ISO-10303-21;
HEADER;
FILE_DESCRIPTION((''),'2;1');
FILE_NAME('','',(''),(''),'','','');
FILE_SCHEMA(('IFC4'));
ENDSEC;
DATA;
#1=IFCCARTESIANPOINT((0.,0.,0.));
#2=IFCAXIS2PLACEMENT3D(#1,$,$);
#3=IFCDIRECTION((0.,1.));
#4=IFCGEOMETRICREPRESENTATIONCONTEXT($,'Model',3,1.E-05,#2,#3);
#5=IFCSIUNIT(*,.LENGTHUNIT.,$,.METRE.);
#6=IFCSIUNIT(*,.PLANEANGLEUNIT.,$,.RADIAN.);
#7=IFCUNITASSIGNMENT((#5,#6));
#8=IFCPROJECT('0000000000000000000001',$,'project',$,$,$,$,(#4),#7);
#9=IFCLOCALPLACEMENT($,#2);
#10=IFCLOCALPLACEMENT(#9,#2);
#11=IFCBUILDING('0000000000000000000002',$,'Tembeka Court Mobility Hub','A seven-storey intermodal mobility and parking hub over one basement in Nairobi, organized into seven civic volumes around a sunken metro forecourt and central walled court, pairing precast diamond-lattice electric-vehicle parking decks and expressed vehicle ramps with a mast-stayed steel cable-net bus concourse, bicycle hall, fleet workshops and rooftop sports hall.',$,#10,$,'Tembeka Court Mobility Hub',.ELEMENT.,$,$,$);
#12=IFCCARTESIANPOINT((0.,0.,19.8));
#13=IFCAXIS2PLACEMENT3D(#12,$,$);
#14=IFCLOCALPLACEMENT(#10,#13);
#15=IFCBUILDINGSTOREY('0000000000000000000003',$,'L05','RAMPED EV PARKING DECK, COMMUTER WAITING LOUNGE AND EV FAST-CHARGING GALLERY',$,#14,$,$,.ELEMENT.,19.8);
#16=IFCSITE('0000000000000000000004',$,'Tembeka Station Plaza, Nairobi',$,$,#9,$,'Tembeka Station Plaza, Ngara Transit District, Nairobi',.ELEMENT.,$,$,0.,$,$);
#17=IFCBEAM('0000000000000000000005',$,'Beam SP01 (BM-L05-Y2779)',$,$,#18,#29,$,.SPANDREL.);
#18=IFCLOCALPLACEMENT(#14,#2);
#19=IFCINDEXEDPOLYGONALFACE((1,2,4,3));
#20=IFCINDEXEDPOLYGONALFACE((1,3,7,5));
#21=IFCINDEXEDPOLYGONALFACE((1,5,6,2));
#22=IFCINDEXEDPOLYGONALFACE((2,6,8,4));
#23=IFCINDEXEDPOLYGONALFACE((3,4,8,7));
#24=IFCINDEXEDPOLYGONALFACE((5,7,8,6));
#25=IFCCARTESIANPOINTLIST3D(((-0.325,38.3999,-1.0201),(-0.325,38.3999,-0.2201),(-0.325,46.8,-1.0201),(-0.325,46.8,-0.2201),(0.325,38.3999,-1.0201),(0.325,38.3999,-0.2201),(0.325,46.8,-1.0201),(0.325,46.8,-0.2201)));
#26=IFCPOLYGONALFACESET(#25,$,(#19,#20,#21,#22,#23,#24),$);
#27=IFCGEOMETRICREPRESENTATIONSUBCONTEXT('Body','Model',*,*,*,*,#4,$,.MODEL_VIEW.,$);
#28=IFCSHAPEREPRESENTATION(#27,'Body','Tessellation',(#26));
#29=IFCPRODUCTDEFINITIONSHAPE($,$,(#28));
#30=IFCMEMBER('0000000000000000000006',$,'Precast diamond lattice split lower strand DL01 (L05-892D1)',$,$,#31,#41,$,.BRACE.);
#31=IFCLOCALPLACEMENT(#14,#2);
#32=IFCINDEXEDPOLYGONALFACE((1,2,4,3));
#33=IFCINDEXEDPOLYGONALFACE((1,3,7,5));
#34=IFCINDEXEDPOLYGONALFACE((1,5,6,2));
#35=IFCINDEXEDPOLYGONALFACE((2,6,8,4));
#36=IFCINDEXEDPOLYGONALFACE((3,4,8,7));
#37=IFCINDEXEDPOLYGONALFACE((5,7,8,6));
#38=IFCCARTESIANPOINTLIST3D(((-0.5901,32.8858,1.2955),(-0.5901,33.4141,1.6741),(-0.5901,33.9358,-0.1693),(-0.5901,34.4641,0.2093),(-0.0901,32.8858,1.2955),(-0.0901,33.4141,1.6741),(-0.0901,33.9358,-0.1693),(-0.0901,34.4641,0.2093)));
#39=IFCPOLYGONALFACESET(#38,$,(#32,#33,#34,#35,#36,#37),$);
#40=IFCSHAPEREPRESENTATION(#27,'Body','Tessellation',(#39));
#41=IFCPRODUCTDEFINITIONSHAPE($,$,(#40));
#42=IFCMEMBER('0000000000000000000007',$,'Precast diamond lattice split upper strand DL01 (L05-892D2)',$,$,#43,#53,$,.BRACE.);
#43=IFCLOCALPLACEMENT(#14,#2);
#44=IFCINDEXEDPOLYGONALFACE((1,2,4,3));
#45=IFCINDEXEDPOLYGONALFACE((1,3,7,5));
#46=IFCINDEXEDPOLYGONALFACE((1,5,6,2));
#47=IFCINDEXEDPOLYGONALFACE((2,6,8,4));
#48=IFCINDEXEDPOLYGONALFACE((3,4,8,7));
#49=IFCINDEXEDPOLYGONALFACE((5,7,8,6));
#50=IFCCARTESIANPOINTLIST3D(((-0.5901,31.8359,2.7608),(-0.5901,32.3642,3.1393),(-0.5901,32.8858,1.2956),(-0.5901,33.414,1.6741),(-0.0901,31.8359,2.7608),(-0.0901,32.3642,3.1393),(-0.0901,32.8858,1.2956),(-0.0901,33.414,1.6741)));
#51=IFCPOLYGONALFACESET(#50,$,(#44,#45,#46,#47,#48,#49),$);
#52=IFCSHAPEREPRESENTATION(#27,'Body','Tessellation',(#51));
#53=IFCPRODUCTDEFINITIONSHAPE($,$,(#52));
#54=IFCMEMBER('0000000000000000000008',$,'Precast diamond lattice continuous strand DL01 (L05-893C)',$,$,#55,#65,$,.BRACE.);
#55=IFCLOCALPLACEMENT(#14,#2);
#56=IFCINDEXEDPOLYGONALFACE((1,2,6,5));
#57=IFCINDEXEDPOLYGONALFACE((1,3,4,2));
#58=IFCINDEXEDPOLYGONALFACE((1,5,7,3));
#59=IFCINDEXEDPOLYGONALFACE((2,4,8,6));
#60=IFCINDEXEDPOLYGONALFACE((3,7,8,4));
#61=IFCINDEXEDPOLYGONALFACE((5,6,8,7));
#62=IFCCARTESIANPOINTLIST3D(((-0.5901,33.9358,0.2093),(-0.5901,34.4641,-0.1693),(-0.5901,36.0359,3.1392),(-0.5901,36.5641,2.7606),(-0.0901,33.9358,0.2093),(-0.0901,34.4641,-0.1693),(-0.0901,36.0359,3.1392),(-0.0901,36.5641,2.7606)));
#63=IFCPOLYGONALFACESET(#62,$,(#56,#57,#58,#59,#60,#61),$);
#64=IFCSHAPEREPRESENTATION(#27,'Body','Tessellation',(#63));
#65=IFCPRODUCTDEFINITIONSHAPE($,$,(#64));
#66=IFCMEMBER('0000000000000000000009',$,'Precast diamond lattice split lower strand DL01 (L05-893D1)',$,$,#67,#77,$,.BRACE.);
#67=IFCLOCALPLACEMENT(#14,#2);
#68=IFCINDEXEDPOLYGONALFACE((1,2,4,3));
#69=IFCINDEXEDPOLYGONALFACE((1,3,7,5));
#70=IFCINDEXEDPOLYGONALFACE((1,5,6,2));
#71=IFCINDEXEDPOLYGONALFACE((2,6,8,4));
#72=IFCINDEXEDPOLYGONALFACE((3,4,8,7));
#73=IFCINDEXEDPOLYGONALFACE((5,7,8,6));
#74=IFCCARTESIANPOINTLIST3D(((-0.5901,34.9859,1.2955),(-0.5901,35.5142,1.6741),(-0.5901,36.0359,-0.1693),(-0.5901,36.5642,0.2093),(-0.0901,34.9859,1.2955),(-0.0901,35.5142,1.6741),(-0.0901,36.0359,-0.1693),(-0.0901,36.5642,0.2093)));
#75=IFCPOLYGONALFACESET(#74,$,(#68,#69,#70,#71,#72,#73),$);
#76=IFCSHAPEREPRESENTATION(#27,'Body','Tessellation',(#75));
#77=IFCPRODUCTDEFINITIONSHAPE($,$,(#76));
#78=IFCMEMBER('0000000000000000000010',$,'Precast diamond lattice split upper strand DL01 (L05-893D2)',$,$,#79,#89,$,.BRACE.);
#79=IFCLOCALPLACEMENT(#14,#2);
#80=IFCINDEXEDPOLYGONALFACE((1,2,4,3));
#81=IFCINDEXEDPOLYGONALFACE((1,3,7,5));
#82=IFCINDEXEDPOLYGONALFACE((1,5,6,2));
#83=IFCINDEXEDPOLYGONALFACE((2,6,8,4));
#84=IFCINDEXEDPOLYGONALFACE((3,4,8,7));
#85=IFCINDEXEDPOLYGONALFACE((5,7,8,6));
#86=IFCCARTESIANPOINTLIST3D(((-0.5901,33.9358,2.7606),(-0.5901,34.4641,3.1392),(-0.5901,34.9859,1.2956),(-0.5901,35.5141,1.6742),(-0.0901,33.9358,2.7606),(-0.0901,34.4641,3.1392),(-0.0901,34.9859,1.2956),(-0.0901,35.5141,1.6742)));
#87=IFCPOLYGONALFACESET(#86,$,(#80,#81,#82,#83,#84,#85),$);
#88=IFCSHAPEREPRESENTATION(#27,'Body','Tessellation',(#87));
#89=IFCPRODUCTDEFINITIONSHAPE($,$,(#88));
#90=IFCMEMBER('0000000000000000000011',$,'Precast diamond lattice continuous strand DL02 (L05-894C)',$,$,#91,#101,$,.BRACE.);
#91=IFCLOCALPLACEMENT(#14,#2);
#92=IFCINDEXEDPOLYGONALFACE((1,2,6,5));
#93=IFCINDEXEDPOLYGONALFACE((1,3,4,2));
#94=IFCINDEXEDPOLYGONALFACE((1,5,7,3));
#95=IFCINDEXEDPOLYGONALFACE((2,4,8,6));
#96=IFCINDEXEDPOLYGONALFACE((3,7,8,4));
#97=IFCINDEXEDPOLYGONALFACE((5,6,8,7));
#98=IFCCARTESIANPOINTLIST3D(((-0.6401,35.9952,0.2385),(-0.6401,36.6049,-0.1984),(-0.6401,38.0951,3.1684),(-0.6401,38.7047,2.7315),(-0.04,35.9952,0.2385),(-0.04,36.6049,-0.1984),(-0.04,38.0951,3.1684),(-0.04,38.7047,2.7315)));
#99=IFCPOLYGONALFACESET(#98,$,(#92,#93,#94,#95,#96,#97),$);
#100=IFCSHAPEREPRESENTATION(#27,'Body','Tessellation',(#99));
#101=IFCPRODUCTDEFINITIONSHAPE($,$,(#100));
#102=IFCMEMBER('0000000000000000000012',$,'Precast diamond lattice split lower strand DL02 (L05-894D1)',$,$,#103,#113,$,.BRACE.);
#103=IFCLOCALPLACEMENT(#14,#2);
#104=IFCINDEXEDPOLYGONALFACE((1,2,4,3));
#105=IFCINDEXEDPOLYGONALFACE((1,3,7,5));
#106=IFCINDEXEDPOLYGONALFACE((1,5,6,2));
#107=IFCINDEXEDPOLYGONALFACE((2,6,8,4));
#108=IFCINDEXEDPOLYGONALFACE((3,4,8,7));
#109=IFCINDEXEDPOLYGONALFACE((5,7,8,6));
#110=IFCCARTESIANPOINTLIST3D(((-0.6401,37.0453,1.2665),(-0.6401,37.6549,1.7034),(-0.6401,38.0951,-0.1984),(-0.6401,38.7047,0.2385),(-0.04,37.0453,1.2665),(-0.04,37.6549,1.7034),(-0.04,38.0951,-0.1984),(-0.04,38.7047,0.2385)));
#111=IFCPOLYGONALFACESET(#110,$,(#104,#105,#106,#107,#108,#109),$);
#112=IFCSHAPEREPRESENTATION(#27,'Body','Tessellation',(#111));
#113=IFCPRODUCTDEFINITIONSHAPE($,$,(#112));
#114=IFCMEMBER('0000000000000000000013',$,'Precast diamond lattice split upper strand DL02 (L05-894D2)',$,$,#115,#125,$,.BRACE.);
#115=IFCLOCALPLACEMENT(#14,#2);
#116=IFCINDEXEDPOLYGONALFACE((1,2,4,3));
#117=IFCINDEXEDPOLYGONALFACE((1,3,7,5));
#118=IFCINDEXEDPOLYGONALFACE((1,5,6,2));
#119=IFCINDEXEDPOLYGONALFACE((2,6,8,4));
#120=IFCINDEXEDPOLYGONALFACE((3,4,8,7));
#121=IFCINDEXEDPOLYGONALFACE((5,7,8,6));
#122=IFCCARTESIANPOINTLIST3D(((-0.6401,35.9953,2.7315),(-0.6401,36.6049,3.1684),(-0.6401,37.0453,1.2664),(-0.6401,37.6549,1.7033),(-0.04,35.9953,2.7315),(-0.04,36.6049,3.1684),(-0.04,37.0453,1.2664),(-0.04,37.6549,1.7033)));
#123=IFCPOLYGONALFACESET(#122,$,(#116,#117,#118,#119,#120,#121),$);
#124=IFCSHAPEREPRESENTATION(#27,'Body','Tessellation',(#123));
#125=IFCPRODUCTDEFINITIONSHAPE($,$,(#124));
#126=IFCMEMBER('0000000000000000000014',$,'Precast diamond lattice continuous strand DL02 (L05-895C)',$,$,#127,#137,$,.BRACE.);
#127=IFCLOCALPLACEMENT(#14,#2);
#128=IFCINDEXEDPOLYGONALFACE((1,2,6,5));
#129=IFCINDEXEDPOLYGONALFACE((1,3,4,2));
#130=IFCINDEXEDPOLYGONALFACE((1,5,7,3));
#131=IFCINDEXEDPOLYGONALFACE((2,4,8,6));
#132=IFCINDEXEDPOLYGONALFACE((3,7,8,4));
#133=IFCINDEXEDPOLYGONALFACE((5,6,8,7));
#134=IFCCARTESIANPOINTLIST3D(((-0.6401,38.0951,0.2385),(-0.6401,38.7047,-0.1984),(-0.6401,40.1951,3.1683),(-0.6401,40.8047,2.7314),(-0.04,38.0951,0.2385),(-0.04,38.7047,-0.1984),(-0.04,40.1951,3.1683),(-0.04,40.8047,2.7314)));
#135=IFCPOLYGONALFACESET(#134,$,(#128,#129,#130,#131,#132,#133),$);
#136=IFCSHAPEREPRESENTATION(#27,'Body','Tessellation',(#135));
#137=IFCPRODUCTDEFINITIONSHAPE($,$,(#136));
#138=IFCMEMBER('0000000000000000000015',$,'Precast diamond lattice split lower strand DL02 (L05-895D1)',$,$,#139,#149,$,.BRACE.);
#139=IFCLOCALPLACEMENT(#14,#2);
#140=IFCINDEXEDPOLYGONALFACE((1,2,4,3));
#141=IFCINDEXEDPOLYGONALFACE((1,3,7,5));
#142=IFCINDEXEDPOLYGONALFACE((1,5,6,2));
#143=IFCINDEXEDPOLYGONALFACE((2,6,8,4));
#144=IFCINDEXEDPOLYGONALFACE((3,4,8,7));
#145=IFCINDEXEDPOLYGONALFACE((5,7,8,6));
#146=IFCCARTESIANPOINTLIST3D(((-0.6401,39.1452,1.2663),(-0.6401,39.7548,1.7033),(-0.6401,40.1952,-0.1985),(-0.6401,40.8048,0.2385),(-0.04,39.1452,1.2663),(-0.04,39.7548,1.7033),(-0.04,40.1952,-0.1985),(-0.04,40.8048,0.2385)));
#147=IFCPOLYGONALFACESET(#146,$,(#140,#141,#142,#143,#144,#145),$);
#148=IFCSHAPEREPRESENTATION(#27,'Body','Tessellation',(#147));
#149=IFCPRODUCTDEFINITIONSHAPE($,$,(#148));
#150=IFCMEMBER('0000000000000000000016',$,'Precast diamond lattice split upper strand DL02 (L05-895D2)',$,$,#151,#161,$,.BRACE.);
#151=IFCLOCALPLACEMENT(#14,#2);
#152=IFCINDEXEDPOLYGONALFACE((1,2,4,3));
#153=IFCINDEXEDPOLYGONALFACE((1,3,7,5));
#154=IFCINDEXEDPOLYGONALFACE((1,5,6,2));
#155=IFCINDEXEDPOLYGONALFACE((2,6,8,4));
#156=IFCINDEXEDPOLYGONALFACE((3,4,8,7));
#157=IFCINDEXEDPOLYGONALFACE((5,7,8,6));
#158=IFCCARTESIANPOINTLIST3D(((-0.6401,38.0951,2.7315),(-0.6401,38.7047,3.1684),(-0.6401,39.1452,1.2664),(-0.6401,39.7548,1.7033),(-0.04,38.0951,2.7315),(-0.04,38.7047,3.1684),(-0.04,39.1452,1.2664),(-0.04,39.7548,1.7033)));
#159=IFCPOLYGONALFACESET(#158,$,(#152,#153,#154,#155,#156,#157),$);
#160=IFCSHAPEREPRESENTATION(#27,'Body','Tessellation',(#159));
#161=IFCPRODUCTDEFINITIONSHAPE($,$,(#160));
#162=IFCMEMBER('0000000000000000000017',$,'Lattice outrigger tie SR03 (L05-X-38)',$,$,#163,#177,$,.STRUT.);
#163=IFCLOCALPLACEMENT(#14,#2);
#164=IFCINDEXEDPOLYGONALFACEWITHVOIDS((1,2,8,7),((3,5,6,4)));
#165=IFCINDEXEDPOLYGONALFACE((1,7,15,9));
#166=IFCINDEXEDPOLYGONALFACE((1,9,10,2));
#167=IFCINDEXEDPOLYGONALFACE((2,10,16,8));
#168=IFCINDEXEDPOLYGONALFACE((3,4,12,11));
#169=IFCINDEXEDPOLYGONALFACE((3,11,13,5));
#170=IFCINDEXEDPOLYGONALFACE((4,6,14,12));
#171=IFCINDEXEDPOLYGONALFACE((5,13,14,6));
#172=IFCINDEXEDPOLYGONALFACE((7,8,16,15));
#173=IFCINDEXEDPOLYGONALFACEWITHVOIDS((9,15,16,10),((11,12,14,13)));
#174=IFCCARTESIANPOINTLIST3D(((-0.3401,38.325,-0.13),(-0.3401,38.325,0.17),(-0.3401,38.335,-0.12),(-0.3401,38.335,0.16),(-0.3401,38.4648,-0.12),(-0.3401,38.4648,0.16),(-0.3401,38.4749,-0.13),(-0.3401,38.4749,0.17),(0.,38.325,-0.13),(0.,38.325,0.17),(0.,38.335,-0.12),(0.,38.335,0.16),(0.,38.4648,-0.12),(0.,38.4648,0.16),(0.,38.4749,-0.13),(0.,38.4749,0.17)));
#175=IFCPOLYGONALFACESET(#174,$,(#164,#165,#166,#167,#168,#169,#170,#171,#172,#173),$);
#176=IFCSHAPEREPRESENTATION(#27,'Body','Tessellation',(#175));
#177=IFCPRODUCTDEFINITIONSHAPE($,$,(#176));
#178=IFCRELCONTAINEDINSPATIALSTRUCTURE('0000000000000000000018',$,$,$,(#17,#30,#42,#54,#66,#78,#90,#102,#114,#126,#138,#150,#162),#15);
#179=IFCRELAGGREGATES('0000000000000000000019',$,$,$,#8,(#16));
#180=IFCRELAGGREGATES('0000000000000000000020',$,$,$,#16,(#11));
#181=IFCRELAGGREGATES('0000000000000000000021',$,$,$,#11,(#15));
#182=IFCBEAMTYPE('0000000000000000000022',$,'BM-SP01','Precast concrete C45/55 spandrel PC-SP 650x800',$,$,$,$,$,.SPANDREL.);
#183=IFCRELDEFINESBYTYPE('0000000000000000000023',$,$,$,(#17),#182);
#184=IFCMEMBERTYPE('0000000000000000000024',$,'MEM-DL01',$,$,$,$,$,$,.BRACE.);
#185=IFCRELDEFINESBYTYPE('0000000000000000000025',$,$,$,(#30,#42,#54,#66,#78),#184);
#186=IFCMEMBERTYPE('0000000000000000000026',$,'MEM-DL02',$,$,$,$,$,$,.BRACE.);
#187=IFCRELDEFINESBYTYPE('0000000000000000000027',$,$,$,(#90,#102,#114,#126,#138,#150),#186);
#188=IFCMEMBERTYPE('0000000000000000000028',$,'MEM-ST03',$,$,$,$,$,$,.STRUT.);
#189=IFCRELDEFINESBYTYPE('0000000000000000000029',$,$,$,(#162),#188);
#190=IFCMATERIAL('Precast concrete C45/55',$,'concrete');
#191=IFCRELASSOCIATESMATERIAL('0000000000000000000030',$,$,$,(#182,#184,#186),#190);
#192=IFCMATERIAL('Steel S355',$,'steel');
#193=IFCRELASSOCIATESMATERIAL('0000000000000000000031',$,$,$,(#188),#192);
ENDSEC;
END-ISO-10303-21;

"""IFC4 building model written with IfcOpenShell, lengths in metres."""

from ifc_helpers import new_model, si_unit, direction, frame, origin, origin_2d, place, context, subcontext, project, spatial, rectangle, hollow_rectangle, extrude, material, material_profile, profile_set, type_object, element, save


model = new_model("IFC4")

# Units and contexts
model_context = context("Model", 3, precision=1e-05, world=origin(), true_north=direction((0.0, 1.0)))
body_context = subcontext(model_context, "Body", "Model", "MODEL_VIEW")
ifc_project = project(units=[si_unit("LENGTHUNIT", "METRE"), si_unit("PLANEANGLEUNIT", "RADIAN")], contexts=[model_context])

# Site, building, storey
site_placement = place(None, origin())
site = spatial("IfcSite", under=ifc_project, at=site_placement, Name="Tembeka Station Plaza, Nairobi", LongName="Tembeka Station Plaza, Ngara Transit District, Nairobi", CompositionType="ELEMENT", RefElevation=0.0)
building_placement = place(site_placement, origin())
building = spatial("IfcBuilding", under=site, at=building_placement, Name="Tembeka Court Mobility Hub", Description="A seven-storey intermodal mobility and parking hub over one basement in Nairobi, organized into seven civic volumes around a sunken metro forecourt and central walled court, pairing precast diamond-lattice electric-vehicle parking decks and expressed vehicle ramps with a mast-stayed steel cable-net bus concourse, bicycle hall, fleet workshops and rooftop sports hall.", LongName="Tembeka Court Mobility Hub", CompositionType="ELEMENT")
storey_placement = place(building_placement, frame((0.0, 0.0, 19.8)))
storey = spatial("IfcBuildingStorey", under=building, at=storey_placement, Name="L05", Description="RAMPED EV PARKING DECK, COMMUTER WAITING LOUNGE AND EV FAST-CHARGING GALLERY", CompositionType="ELEMENT", Elevation=19.8)

# Shared definitions
ifc_material_1 = material(Name="Steel S355", Category="steel")

# Beam
ifc_material_2 = material(Name="Precast concrete C45/55", Category="concrete")
ifc_material_profile_1 = material_profile(ifc_material_2, rectangle(XDim=0.6499, YDim=0.8, at=origin_2d()), Name="PC-SP 650x800")
ifc_profile_set_1 = profile_set([ifc_material_profile_1], Name="Precast concrete C45/55")
beam_type_1 = type_object("IfcBeamType", Name="BM-SP01", Description="Precast concrete C45/55 spandrel PC-SP 650x800", PredefinedType="SPANDREL", material=ifc_profile_set_1)
beam_1_placement = place(storey_placement, frame((0.0, 38.3999, -0.6201), z_axis=(0.0, 1.0, 0.0), x_axis=(-1.0, 0.0, 0.0)))
element("IfcBeam", 1, at=beam_1_placement, inside=storey, type_object=beam_type_1, Name="Beam SP01 (BM-L05-Y2779)", PredefinedType="SPANDREL", context=body_context, shape_type="SweptSolid", body=[
    extrude(rectangle(XDim=0.6499, YDim=0.8, at=origin_2d()), origin(), (0.0, 0.0, 1.0), 8.4001),
])

# Members
ifc_material_profile_2 = material_profile(ifc_material_2, rectangle(XDim=0.5, YDim=0.6499, at=origin_2d()), Name="PC-DIAG 500x650")
ifc_profile_set_2 = profile_set([ifc_material_profile_2], Name="Precast concrete C45/55")
member_type_1 = type_object("IfcMemberType", Name="MEM-DL01", PredefinedType="BRACE", material=ifc_profile_set_2)
member_1_placement = place(storey_placement, frame((-0.3401, 34.2, 0.02), z_axis=(0.0, -0.582608, 0.812753), x_axis=(1.0, 0.0, 0.0)))
element("IfcMember", 2, at=member_1_placement, inside=storey, type_object=member_type_1, Name="Precast diamond lattice split lower strand DL01 (L05-892D1)", PredefinedType="BRACE", context=body_context, shape_type="SweptSolid", body=[
    extrude(rectangle(XDim=0.5, YDim=0.6499, at=origin_2d()), origin(), (0.0, 0.0, 1.0), 1.8022),
])
member_2_placement = place(storey_placement, frame((-0.3401, 33.1499, 1.4849), z_axis=(0.0, -0.582455, 0.812863), x_axis=(1.0, 0.0, 0.0)))
element("IfcMember", 3, at=member_2_placement, inside=storey, type_object=member_type_1, Name="Precast diamond lattice split upper strand DL01 (L05-892D2)", PredefinedType="BRACE", context=body_context, shape_type="SweptSolid", body=[
    extrude(rectangle(XDim=0.5, YDim=0.6499, at=origin_2d()), origin(), (0.0, 0.0, 1.0), 1.8025),
])
member_3_placement = place(storey_placement, frame((-0.3401, 34.2, 0.02), z_axis=(0.0, 0.582576, 0.812776), x_axis=(-1.0, 0.0, 0.0)))
element("IfcMember", 4, at=member_3_placement, inside=storey, type_object=member_type_1, Name="Precast diamond lattice continuous strand DL01 (L05-893C)", PredefinedType="BRACE", context=body_context, shape_type="SweptSolid", body=[
    extrude(rectangle(XDim=0.5, YDim=0.6499, at=origin_2d()), origin(), (0.0, 0.0, 1.0), 3.6047),
])
member_4_placement = place(storey_placement, frame((-0.3401, 36.3, 0.02), z_axis=(0.0, -0.582608, 0.812753), x_axis=(1.0, 0.0, 0.0)))
element("IfcMember", 5, at=member_4_placement, inside=storey, type_object=member_type_1, Name="Precast diamond lattice split lower strand DL01 (L05-893D1)", PredefinedType="BRACE", context=body_context, shape_type="SweptSolid", body=[
    extrude(rectangle(XDim=0.5, YDim=0.6499, at=origin_2d()), origin(), (0.0, 0.0, 1.0), 1.8022),
])
member_5_placement = place(storey_placement, frame((-0.3401, 35.25, 1.4849), z_axis=(0.0, -0.582544, 0.812799), x_axis=(1.0, 0.0, 0.0)))
element("IfcMember", 6, at=member_5_placement, inside=storey, type_object=member_type_1, Name="Precast diamond lattice split upper strand DL01 (L05-893D2)", PredefinedType="BRACE", context=body_context, shape_type="SweptSolid", body=[
    extrude(rectangle(XDim=0.5, YDim=0.6499, at=origin_2d()), origin(), (0.0, 0.0, 1.0), 1.8025),
])
ifc_material_profile_3 = material_profile(ifc_material_2, rectangle(XDim=0.6001, YDim=0.75, at=origin_2d()), Name="PC-DIAG 600x750")
ifc_profile_set_3 = profile_set([ifc_material_profile_3], Name="Precast concrete C45/55")
member_type_2 = type_object("IfcMemberType", Name="MEM-DL02", PredefinedType="BRACE", material=ifc_profile_set_3)
member_6_placement = place(storey_placement, frame((-0.3401, 36.3, 0.02), z_axis=(0.0, 0.582532, 0.812808), x_axis=(-1.0, 0.0, 0.0)))
element("IfcMember", 7, at=member_6_placement, inside=storey, type_object=member_type_2, Name="Precast diamond lattice continuous strand DL02 (L05-894C)", PredefinedType="BRACE", context=body_context, shape_type="SweptSolid", body=[
    extrude(rectangle(XDim=0.6001, YDim=0.75, at=origin_2d()), origin(), (0.0, 0.0, 1.0), 3.6047),
])
member_7_placement = place(storey_placement, frame((-0.3401, 38.3999, 0.02), z_axis=(0.0, -0.582519, 0.812817), x_axis=(1.0, 0.0, 0.0)))
element("IfcMember", 8, at=member_7_placement, inside=storey, type_object=member_type_2, Name="Precast diamond lattice split lower strand DL02 (L05-894D1)", PredefinedType="BRACE", context=body_context, shape_type="SweptSolid", body=[
    extrude(rectangle(XDim=0.6001, YDim=0.75, at=origin_2d()), origin(), (0.0, 0.0, 1.0), 1.8022),
])
member_8_placement = place(storey_placement, frame((-0.3401, 37.3501, 1.4849), z_axis=(0.0, -0.582544, 0.812799), x_axis=(1.0, 0.0, 0.0)))
element("IfcMember", 9, at=member_8_placement, inside=storey, type_object=member_type_2, Name="Precast diamond lattice split upper strand DL02 (L05-894D2)", PredefinedType="BRACE", context=body_context, shape_type="SweptSolid", body=[
    extrude(rectangle(XDim=0.6001, YDim=0.75, at=origin_2d()), origin(), (0.0, 0.0, 1.0), 1.8025),
])
member_9_placement = place(storey_placement, frame((-0.3401, 38.3999, 0.02), z_axis=(0.0, 0.582576, 0.812776), x_axis=(-1.0, 0.0, 0.0)))
element("IfcMember", 10, at=member_9_placement, inside=storey, type_object=member_type_2, Name="Precast diamond lattice continuous strand DL02 (L05-895C)", PredefinedType="BRACE", context=body_context, shape_type="SweptSolid", body=[
    extrude(rectangle(XDim=0.6001, YDim=0.75, at=origin_2d()), origin(), (0.0, 0.0, 1.0), 3.6047),
])
member_10_placement = place(storey_placement, frame((-0.3401, 40.5, 0.02), z_axis=(0.0, -0.582608, 0.812753), x_axis=(1.0, 0.0, 0.0)))
element("IfcMember", 11, at=member_10_placement, inside=storey, type_object=member_type_2, Name="Precast diamond lattice split lower strand DL02 (L05-895D1)", PredefinedType="BRACE", context=body_context, shape_type="SweptSolid", body=[
    extrude(rectangle(XDim=0.6001, YDim=0.75, at=origin_2d()), origin(), (0.0, 0.0, 1.0), 1.8022),
])
member_11_placement = place(storey_placement, frame((-0.3401, 39.45, 1.4849), z_axis=(0.0, -0.582544, 0.812799), x_axis=(1.0, 0.0, 0.0)))
element("IfcMember", 12, at=member_11_placement, inside=storey, type_object=member_type_2, Name="Precast diamond lattice split upper strand DL02 (L05-895D2)", PredefinedType="BRACE", context=body_context, shape_type="SweptSolid", body=[
    extrude(rectangle(XDim=0.6001, YDim=0.75, at=origin_2d()), origin(), (0.0, 0.0, 1.0), 1.8025),
])
ifc_material_profile_4 = material_profile(ifc_material_1, hollow_rectangle(XDim=0.1499, YDim=0.3, WallThickness=0.01, at=origin_2d()), Name="RHS 300x150x10")
ifc_profile_set_4 = profile_set([ifc_material_profile_4], Name="Steel S355")
member_type_3 = type_object("IfcMemberType", Name="MEM-ST03", PredefinedType="STRUT", material=ifc_profile_set_4)
member_12_placement = place(storey_placement, frame((0.0, 38.3999, 0.02), z_axis=(-1.0, 0.0, 0.0), x_axis=(0.0, -1.0, 0.0)))
element("IfcMember", 13, at=member_12_placement, inside=storey, type_object=member_type_3, Name="Lattice outrigger tie SR03 (L05-X-38)", PredefinedType="STRUT", context=body_context, shape_type="SweptSolid", body=[
    extrude(hollow_rectangle(XDim=0.1499, YDim=0.3, WallThickness=0.01, at=origin_2d()), origin(), (0.0, 0.0, 1.0), 0.3401),
])

save(model, "model.ifc")
